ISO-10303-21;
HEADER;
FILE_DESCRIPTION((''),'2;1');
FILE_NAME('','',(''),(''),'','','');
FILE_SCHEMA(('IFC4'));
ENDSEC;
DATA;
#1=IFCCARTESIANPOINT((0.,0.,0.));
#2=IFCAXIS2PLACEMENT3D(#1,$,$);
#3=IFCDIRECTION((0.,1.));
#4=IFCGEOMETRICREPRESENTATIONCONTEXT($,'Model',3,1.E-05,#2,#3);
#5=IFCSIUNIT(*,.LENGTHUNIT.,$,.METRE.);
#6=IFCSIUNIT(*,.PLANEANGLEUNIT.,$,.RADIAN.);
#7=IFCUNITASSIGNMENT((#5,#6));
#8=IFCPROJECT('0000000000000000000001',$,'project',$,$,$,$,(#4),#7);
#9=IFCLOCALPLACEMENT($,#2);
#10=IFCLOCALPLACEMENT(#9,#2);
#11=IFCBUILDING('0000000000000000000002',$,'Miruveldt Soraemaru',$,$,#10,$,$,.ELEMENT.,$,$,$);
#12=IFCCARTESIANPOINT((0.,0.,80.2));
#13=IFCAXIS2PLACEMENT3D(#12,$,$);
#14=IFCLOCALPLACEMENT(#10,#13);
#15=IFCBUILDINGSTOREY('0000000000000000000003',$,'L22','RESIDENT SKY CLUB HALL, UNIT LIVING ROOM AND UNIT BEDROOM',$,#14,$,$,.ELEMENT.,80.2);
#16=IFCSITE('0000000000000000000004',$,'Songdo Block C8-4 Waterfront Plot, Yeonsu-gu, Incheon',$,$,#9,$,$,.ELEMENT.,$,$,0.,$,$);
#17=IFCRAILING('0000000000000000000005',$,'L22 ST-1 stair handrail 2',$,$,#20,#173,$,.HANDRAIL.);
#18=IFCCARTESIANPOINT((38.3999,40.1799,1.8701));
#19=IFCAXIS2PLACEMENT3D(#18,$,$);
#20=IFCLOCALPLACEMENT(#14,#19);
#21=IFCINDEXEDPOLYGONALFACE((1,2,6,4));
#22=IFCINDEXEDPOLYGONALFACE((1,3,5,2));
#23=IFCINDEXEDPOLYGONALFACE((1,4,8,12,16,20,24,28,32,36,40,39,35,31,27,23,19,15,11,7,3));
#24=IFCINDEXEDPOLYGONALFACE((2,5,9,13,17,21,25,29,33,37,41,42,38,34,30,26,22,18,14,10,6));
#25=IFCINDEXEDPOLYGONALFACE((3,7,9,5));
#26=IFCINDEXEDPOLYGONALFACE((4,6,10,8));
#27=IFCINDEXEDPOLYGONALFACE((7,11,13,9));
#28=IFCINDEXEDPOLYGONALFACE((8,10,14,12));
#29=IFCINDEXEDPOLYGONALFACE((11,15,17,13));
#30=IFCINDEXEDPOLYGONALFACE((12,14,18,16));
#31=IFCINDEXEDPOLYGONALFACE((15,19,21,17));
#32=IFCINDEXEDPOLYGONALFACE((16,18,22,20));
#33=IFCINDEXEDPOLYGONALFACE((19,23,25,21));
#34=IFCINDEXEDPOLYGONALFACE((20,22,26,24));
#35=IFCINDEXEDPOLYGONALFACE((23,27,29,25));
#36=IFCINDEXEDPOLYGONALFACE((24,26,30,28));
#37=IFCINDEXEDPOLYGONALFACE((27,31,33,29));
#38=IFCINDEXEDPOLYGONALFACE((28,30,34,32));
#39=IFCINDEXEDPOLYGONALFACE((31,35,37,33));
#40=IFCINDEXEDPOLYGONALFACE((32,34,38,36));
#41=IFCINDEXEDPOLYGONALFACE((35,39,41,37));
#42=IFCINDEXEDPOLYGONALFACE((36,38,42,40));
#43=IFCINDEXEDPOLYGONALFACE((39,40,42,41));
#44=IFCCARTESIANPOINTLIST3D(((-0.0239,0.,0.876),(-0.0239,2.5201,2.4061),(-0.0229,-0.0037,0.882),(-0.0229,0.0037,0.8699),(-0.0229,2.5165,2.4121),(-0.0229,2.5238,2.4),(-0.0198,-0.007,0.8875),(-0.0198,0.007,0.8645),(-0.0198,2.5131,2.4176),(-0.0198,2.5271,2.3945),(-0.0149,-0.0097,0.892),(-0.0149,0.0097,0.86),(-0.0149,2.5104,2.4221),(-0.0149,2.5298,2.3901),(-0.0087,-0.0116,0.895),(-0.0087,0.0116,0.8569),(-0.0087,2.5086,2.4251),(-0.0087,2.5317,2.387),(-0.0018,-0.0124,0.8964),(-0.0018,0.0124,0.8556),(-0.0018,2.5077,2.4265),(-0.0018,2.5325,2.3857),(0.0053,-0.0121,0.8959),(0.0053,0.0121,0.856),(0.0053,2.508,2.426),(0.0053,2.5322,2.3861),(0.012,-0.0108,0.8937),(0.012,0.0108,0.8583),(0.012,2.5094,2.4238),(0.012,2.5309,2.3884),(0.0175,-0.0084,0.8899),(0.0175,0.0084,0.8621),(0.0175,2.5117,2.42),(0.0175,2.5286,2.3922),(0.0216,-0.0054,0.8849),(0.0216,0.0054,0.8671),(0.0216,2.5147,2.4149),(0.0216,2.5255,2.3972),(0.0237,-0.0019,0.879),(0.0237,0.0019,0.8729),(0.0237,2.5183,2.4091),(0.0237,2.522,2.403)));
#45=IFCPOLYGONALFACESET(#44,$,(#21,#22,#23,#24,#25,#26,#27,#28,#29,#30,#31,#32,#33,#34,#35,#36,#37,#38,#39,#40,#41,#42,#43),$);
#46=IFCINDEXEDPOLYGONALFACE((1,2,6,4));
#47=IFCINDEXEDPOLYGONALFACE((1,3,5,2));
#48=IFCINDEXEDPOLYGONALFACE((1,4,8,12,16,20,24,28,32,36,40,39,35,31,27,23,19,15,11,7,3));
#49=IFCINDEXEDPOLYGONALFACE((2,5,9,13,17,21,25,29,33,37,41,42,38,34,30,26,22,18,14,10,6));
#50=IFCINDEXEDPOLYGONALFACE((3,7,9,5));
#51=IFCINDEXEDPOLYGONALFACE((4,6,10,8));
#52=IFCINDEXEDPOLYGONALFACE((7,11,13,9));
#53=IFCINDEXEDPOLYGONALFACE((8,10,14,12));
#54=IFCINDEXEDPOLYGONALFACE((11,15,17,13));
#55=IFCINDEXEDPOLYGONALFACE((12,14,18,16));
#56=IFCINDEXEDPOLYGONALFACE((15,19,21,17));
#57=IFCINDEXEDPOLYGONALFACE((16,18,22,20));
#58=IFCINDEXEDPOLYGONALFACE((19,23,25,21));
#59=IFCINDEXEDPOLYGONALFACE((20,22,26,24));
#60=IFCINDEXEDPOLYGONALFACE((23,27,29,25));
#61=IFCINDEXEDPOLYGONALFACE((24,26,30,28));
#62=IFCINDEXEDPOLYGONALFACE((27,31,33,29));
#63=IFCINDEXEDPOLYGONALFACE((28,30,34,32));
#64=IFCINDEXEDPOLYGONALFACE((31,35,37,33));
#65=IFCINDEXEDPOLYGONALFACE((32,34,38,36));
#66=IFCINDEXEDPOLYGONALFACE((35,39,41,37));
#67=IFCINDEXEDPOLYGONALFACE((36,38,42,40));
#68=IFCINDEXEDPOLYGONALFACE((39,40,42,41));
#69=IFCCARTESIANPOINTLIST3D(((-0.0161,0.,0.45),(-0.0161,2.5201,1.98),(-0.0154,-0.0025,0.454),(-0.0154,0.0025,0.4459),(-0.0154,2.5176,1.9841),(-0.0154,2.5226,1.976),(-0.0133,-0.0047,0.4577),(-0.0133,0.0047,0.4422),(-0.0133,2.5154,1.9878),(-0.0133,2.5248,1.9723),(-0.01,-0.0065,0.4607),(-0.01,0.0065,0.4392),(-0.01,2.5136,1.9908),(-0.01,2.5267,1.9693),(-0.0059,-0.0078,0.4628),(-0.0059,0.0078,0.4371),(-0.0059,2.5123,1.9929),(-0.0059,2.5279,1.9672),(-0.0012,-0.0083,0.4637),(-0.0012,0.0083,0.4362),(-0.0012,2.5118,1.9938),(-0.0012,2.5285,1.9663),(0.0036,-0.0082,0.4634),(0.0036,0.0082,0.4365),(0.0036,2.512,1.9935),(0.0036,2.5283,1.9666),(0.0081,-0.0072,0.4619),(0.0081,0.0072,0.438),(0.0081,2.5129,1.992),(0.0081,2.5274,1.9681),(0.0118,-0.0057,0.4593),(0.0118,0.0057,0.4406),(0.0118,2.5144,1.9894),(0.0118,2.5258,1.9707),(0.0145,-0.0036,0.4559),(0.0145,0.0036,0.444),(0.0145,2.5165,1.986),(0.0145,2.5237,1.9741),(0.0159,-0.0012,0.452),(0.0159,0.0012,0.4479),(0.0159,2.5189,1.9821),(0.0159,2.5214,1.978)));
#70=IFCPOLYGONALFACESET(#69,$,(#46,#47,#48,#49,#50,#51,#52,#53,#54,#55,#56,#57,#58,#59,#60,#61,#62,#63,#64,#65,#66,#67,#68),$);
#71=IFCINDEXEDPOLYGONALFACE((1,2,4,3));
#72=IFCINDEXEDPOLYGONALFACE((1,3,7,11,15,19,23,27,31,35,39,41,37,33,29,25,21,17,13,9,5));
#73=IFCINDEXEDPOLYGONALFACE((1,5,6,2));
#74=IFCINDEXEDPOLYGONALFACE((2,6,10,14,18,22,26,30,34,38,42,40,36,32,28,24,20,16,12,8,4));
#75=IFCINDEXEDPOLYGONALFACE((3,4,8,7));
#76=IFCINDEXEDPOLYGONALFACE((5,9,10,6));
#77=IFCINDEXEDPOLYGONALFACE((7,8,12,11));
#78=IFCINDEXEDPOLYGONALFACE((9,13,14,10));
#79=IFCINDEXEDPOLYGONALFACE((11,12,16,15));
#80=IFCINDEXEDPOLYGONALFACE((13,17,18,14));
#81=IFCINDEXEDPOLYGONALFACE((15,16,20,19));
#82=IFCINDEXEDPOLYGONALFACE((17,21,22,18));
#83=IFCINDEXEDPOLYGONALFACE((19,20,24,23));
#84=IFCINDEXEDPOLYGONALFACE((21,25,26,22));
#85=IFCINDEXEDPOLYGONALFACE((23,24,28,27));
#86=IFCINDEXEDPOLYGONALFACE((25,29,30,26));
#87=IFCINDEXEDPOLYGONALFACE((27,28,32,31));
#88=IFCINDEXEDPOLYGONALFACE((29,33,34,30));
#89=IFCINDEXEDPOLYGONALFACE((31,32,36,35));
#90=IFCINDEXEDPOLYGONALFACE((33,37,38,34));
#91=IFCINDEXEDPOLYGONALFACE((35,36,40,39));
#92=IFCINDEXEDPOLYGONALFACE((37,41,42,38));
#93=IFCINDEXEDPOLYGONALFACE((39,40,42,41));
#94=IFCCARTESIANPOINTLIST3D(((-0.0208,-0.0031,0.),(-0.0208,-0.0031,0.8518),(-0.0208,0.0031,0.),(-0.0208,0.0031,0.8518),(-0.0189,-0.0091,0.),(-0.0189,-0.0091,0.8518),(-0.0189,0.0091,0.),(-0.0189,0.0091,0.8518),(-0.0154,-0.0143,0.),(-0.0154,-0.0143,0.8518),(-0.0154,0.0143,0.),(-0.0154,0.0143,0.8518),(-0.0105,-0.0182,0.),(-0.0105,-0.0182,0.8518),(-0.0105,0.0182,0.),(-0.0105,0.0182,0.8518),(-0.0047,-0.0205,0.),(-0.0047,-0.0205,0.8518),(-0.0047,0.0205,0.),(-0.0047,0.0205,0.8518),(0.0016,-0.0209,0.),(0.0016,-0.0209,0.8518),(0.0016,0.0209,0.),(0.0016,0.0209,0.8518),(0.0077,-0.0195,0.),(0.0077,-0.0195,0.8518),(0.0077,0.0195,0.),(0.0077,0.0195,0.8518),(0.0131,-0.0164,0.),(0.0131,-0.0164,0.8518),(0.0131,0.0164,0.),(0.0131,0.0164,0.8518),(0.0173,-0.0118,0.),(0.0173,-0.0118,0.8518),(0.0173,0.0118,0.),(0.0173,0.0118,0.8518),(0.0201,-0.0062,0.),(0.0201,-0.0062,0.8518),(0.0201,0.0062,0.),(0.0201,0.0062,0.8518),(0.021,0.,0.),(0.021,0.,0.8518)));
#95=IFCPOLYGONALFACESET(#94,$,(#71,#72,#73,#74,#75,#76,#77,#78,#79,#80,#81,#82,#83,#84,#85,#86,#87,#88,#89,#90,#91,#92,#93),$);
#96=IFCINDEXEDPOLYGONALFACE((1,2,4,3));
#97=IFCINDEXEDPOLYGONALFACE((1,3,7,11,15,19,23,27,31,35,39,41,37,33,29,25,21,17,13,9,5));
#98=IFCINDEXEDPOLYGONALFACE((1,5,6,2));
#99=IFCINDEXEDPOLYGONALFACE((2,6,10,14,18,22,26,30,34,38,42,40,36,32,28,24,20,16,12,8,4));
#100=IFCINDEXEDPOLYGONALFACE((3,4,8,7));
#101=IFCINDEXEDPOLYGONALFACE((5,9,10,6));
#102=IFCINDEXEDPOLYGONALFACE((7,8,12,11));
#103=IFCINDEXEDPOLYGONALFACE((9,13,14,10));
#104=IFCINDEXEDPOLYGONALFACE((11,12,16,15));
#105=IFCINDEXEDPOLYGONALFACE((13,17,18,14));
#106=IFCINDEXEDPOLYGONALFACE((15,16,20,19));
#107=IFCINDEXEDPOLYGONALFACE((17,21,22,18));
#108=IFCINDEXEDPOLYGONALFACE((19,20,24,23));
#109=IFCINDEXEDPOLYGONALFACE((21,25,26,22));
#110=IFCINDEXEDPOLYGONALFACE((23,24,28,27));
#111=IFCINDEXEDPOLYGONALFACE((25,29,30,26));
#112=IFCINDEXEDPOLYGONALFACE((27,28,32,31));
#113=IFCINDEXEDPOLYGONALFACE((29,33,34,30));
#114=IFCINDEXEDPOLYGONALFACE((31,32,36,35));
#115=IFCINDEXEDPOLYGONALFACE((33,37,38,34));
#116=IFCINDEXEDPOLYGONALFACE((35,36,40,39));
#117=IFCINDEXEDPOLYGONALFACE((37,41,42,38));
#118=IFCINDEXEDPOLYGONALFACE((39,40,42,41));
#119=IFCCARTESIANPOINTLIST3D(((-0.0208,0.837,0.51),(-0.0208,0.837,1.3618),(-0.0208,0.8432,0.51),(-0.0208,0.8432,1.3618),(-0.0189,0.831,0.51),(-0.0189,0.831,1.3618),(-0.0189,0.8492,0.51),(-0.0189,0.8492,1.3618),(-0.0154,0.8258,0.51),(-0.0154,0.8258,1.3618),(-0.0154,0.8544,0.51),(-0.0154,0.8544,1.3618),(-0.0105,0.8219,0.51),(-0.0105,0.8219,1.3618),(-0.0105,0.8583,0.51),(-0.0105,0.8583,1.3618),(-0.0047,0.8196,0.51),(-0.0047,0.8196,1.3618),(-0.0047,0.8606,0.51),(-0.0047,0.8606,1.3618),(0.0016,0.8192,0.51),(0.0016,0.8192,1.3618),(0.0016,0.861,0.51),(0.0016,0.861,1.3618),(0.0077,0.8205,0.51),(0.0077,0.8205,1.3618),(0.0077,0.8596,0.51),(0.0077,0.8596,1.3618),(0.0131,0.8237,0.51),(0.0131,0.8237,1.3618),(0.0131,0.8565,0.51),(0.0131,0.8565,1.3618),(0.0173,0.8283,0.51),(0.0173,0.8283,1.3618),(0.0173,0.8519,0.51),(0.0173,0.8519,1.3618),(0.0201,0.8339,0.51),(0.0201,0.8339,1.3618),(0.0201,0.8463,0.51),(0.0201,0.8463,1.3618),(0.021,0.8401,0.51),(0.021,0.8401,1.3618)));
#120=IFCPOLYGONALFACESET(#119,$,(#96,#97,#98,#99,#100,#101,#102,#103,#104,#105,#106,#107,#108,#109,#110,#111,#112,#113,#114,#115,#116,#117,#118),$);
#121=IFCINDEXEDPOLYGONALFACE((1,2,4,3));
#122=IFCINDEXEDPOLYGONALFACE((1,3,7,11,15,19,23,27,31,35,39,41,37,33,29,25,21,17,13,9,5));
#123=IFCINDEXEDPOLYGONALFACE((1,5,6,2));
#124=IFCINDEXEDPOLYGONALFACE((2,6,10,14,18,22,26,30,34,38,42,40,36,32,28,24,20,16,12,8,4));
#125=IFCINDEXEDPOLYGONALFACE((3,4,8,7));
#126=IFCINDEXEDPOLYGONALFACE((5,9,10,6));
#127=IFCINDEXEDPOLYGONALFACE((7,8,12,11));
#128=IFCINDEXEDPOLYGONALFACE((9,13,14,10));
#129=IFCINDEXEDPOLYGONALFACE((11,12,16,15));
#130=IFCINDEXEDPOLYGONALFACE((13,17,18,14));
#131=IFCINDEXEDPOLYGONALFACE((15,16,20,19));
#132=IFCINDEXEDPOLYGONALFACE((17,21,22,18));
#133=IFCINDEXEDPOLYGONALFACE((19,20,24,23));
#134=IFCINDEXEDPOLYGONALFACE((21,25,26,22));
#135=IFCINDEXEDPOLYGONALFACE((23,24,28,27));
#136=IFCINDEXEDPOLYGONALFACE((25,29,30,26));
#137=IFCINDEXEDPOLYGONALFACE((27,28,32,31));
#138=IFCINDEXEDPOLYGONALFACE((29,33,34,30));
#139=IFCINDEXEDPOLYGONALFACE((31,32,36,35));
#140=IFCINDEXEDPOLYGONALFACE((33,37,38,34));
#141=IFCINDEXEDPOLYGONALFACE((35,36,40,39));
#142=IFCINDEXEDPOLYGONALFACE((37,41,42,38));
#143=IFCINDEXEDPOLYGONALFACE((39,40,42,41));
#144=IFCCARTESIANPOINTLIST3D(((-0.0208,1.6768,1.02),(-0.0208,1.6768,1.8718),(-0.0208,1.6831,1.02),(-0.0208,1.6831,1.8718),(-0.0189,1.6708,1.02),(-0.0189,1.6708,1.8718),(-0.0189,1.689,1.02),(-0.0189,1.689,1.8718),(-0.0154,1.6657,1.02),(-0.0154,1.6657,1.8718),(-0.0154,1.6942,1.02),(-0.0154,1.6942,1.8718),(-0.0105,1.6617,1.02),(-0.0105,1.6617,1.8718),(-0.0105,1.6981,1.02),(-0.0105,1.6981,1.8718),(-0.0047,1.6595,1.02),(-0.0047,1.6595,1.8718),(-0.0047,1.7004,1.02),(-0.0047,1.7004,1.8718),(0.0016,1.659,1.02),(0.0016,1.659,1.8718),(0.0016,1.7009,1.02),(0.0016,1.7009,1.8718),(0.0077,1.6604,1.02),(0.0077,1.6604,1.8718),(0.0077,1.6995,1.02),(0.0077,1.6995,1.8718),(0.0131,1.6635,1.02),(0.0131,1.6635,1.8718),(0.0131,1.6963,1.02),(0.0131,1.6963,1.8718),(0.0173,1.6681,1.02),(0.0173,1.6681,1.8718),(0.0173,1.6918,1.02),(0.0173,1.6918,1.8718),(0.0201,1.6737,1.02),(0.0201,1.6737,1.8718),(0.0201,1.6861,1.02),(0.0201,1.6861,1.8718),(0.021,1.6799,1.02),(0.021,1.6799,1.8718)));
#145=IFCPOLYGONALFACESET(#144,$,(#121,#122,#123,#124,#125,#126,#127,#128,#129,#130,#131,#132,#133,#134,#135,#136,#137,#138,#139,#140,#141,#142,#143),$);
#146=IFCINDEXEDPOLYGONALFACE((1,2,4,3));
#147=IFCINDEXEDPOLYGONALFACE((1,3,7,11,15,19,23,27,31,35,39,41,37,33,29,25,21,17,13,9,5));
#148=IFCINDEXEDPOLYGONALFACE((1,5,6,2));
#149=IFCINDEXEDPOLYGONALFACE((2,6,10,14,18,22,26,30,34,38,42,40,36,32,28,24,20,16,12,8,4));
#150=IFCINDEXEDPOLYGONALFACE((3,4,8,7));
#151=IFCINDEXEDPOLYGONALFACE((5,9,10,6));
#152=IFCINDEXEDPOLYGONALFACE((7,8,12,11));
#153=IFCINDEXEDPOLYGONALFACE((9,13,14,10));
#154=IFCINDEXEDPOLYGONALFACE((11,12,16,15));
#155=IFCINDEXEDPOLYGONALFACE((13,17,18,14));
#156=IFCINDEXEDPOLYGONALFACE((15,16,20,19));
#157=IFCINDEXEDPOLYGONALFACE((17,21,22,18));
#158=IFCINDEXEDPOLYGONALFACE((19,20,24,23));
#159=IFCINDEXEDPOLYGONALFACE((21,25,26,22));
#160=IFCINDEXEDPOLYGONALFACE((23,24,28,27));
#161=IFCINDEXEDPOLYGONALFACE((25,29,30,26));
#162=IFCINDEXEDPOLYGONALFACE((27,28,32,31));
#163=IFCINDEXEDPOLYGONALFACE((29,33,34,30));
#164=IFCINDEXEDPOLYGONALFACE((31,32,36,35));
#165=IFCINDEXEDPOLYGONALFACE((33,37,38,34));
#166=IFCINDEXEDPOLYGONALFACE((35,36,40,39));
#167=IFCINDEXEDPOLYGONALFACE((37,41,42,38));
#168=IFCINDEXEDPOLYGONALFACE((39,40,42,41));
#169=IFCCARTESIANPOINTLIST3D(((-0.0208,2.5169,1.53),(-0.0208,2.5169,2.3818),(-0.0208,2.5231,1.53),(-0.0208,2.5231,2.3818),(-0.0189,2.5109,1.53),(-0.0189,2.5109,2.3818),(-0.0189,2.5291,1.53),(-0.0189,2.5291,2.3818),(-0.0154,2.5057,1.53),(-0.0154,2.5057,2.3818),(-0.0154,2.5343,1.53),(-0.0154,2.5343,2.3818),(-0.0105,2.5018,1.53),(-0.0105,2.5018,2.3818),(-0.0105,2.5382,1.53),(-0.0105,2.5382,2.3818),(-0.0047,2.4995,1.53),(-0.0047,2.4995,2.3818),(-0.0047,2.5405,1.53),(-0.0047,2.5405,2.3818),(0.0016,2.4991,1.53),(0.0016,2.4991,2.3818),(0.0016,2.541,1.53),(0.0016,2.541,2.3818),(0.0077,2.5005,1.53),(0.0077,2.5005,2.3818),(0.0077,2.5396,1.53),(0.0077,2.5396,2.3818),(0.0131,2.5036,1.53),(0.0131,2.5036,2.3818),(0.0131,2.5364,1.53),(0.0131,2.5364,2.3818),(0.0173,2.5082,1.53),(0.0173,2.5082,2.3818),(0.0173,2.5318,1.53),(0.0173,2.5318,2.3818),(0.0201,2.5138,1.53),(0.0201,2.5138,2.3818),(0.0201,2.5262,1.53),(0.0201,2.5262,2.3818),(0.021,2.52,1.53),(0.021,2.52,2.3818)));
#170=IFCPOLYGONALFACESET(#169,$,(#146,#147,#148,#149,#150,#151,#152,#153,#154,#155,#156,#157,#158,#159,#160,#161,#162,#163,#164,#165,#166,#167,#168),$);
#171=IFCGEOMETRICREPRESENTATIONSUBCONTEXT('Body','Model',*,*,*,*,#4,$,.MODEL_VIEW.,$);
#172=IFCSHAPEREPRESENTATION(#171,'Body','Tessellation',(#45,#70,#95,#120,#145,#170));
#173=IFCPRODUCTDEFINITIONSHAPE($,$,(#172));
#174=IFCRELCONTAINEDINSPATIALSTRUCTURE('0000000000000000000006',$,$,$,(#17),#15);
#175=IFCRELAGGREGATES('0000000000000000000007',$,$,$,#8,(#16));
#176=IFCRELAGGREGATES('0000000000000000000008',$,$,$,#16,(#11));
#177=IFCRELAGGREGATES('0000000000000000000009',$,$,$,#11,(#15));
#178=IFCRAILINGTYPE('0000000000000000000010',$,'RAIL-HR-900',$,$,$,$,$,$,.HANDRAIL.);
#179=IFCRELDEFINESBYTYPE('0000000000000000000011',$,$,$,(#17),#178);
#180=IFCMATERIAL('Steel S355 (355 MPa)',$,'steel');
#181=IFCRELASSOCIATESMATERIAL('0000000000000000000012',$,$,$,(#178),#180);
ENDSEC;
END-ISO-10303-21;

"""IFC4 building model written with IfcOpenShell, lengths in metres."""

from ifc_helpers import new_model, si_unit, direction, frame, origin, origin_2d, place, context, subcontext, project, spatial, circle, extrude, material, type_object, element, save


model = new_model("IFC4")

# Units and contexts
model_context = context("Model", 3, precision=1e-05, world=origin(), true_north=direction((0.0, 1.0)))
body_context = subcontext(model_context, "Body", "Model", "MODEL_VIEW")
ifc_project = project(units=[si_unit("LENGTHUNIT", "METRE"), si_unit("PLANEANGLEUNIT", "RADIAN")], contexts=[model_context])

# Site, building, storey
site_placement = place(None, origin())
site = spatial("IfcSite", under=ifc_project, at=site_placement, Name="Songdo Block C8-4 Waterfront Plot, Yeonsu-gu, Incheon", CompositionType="ELEMENT", RefElevation=0.0)
building_placement = place(site_placement, origin())
building = spatial("IfcBuilding", under=site, at=building_placement, Name="Miruveldt Soraemaru", CompositionType="ELEMENT")
storey_placement = place(building_placement, frame((0.0, 0.0, 80.2)))
storey = spatial("IfcBuildingStorey", under=building, at=storey_placement, Name="L22", Description="RESIDENT SKY CLUB HALL, UNIT LIVING ROOM AND UNIT BEDROOM", CompositionType="ELEMENT", Elevation=80.2)

# Railing
ifc_material_1 = material(Name="Steel S355 (355 MPa)", Category="steel")
railing_type_1 = type_object("IfcRailingType", Name="RAIL-HR-900", PredefinedType="HANDRAIL", material=ifc_material_1)
railing_1_placement = place(storey_placement, frame((38.3999, 40.1799, 1.8701)))
element("IfcRailing", 1, at=railing_1_placement, inside=storey, type_object=railing_type_1, Name="L22 ST-1 stair handrail 2", PredefinedType="HANDRAIL", context=body_context, shape_type="SweptSolid", body=[
    extrude(circle(Radius=0.0239, at=origin_2d()), frame((0.0, 0.0, 0.876), z_axis=(0.0, 0.854785, 0.518982), x_axis=(-1.0, 0.0, 0.0)), (0.0, 0.0, 1.0), 2.9482),
    extrude(circle(Radius=0.0161, at=origin_2d()), frame((0.0, 0.0, 0.45), z_axis=(0.0, 0.854785, 0.518982), x_axis=(-1.0, 0.0, 0.0)), (0.0, 0.0, 1.0), 2.9482),
    extrude(circle(Radius=0.021, at=origin_2d()), origin(), (0.0, 0.0, 1.0), 0.8518),
    extrude(circle(Radius=0.021, at=origin_2d()), frame((0.0, 0.8401, 0.51)), (0.0, 0.0, 1.0), 0.8518),
    extrude(circle(Radius=0.021, at=origin_2d()), frame((0.0, 1.6799, 1.02)), (0.0, 0.0, 1.0), 0.8518),
    extrude(circle(Radius=0.021, at=origin_2d()), frame((0.0, 2.52, 1.53)), (0.0, 0.0, 1.0), 0.8518),
])

save(model, "model.ifc")
